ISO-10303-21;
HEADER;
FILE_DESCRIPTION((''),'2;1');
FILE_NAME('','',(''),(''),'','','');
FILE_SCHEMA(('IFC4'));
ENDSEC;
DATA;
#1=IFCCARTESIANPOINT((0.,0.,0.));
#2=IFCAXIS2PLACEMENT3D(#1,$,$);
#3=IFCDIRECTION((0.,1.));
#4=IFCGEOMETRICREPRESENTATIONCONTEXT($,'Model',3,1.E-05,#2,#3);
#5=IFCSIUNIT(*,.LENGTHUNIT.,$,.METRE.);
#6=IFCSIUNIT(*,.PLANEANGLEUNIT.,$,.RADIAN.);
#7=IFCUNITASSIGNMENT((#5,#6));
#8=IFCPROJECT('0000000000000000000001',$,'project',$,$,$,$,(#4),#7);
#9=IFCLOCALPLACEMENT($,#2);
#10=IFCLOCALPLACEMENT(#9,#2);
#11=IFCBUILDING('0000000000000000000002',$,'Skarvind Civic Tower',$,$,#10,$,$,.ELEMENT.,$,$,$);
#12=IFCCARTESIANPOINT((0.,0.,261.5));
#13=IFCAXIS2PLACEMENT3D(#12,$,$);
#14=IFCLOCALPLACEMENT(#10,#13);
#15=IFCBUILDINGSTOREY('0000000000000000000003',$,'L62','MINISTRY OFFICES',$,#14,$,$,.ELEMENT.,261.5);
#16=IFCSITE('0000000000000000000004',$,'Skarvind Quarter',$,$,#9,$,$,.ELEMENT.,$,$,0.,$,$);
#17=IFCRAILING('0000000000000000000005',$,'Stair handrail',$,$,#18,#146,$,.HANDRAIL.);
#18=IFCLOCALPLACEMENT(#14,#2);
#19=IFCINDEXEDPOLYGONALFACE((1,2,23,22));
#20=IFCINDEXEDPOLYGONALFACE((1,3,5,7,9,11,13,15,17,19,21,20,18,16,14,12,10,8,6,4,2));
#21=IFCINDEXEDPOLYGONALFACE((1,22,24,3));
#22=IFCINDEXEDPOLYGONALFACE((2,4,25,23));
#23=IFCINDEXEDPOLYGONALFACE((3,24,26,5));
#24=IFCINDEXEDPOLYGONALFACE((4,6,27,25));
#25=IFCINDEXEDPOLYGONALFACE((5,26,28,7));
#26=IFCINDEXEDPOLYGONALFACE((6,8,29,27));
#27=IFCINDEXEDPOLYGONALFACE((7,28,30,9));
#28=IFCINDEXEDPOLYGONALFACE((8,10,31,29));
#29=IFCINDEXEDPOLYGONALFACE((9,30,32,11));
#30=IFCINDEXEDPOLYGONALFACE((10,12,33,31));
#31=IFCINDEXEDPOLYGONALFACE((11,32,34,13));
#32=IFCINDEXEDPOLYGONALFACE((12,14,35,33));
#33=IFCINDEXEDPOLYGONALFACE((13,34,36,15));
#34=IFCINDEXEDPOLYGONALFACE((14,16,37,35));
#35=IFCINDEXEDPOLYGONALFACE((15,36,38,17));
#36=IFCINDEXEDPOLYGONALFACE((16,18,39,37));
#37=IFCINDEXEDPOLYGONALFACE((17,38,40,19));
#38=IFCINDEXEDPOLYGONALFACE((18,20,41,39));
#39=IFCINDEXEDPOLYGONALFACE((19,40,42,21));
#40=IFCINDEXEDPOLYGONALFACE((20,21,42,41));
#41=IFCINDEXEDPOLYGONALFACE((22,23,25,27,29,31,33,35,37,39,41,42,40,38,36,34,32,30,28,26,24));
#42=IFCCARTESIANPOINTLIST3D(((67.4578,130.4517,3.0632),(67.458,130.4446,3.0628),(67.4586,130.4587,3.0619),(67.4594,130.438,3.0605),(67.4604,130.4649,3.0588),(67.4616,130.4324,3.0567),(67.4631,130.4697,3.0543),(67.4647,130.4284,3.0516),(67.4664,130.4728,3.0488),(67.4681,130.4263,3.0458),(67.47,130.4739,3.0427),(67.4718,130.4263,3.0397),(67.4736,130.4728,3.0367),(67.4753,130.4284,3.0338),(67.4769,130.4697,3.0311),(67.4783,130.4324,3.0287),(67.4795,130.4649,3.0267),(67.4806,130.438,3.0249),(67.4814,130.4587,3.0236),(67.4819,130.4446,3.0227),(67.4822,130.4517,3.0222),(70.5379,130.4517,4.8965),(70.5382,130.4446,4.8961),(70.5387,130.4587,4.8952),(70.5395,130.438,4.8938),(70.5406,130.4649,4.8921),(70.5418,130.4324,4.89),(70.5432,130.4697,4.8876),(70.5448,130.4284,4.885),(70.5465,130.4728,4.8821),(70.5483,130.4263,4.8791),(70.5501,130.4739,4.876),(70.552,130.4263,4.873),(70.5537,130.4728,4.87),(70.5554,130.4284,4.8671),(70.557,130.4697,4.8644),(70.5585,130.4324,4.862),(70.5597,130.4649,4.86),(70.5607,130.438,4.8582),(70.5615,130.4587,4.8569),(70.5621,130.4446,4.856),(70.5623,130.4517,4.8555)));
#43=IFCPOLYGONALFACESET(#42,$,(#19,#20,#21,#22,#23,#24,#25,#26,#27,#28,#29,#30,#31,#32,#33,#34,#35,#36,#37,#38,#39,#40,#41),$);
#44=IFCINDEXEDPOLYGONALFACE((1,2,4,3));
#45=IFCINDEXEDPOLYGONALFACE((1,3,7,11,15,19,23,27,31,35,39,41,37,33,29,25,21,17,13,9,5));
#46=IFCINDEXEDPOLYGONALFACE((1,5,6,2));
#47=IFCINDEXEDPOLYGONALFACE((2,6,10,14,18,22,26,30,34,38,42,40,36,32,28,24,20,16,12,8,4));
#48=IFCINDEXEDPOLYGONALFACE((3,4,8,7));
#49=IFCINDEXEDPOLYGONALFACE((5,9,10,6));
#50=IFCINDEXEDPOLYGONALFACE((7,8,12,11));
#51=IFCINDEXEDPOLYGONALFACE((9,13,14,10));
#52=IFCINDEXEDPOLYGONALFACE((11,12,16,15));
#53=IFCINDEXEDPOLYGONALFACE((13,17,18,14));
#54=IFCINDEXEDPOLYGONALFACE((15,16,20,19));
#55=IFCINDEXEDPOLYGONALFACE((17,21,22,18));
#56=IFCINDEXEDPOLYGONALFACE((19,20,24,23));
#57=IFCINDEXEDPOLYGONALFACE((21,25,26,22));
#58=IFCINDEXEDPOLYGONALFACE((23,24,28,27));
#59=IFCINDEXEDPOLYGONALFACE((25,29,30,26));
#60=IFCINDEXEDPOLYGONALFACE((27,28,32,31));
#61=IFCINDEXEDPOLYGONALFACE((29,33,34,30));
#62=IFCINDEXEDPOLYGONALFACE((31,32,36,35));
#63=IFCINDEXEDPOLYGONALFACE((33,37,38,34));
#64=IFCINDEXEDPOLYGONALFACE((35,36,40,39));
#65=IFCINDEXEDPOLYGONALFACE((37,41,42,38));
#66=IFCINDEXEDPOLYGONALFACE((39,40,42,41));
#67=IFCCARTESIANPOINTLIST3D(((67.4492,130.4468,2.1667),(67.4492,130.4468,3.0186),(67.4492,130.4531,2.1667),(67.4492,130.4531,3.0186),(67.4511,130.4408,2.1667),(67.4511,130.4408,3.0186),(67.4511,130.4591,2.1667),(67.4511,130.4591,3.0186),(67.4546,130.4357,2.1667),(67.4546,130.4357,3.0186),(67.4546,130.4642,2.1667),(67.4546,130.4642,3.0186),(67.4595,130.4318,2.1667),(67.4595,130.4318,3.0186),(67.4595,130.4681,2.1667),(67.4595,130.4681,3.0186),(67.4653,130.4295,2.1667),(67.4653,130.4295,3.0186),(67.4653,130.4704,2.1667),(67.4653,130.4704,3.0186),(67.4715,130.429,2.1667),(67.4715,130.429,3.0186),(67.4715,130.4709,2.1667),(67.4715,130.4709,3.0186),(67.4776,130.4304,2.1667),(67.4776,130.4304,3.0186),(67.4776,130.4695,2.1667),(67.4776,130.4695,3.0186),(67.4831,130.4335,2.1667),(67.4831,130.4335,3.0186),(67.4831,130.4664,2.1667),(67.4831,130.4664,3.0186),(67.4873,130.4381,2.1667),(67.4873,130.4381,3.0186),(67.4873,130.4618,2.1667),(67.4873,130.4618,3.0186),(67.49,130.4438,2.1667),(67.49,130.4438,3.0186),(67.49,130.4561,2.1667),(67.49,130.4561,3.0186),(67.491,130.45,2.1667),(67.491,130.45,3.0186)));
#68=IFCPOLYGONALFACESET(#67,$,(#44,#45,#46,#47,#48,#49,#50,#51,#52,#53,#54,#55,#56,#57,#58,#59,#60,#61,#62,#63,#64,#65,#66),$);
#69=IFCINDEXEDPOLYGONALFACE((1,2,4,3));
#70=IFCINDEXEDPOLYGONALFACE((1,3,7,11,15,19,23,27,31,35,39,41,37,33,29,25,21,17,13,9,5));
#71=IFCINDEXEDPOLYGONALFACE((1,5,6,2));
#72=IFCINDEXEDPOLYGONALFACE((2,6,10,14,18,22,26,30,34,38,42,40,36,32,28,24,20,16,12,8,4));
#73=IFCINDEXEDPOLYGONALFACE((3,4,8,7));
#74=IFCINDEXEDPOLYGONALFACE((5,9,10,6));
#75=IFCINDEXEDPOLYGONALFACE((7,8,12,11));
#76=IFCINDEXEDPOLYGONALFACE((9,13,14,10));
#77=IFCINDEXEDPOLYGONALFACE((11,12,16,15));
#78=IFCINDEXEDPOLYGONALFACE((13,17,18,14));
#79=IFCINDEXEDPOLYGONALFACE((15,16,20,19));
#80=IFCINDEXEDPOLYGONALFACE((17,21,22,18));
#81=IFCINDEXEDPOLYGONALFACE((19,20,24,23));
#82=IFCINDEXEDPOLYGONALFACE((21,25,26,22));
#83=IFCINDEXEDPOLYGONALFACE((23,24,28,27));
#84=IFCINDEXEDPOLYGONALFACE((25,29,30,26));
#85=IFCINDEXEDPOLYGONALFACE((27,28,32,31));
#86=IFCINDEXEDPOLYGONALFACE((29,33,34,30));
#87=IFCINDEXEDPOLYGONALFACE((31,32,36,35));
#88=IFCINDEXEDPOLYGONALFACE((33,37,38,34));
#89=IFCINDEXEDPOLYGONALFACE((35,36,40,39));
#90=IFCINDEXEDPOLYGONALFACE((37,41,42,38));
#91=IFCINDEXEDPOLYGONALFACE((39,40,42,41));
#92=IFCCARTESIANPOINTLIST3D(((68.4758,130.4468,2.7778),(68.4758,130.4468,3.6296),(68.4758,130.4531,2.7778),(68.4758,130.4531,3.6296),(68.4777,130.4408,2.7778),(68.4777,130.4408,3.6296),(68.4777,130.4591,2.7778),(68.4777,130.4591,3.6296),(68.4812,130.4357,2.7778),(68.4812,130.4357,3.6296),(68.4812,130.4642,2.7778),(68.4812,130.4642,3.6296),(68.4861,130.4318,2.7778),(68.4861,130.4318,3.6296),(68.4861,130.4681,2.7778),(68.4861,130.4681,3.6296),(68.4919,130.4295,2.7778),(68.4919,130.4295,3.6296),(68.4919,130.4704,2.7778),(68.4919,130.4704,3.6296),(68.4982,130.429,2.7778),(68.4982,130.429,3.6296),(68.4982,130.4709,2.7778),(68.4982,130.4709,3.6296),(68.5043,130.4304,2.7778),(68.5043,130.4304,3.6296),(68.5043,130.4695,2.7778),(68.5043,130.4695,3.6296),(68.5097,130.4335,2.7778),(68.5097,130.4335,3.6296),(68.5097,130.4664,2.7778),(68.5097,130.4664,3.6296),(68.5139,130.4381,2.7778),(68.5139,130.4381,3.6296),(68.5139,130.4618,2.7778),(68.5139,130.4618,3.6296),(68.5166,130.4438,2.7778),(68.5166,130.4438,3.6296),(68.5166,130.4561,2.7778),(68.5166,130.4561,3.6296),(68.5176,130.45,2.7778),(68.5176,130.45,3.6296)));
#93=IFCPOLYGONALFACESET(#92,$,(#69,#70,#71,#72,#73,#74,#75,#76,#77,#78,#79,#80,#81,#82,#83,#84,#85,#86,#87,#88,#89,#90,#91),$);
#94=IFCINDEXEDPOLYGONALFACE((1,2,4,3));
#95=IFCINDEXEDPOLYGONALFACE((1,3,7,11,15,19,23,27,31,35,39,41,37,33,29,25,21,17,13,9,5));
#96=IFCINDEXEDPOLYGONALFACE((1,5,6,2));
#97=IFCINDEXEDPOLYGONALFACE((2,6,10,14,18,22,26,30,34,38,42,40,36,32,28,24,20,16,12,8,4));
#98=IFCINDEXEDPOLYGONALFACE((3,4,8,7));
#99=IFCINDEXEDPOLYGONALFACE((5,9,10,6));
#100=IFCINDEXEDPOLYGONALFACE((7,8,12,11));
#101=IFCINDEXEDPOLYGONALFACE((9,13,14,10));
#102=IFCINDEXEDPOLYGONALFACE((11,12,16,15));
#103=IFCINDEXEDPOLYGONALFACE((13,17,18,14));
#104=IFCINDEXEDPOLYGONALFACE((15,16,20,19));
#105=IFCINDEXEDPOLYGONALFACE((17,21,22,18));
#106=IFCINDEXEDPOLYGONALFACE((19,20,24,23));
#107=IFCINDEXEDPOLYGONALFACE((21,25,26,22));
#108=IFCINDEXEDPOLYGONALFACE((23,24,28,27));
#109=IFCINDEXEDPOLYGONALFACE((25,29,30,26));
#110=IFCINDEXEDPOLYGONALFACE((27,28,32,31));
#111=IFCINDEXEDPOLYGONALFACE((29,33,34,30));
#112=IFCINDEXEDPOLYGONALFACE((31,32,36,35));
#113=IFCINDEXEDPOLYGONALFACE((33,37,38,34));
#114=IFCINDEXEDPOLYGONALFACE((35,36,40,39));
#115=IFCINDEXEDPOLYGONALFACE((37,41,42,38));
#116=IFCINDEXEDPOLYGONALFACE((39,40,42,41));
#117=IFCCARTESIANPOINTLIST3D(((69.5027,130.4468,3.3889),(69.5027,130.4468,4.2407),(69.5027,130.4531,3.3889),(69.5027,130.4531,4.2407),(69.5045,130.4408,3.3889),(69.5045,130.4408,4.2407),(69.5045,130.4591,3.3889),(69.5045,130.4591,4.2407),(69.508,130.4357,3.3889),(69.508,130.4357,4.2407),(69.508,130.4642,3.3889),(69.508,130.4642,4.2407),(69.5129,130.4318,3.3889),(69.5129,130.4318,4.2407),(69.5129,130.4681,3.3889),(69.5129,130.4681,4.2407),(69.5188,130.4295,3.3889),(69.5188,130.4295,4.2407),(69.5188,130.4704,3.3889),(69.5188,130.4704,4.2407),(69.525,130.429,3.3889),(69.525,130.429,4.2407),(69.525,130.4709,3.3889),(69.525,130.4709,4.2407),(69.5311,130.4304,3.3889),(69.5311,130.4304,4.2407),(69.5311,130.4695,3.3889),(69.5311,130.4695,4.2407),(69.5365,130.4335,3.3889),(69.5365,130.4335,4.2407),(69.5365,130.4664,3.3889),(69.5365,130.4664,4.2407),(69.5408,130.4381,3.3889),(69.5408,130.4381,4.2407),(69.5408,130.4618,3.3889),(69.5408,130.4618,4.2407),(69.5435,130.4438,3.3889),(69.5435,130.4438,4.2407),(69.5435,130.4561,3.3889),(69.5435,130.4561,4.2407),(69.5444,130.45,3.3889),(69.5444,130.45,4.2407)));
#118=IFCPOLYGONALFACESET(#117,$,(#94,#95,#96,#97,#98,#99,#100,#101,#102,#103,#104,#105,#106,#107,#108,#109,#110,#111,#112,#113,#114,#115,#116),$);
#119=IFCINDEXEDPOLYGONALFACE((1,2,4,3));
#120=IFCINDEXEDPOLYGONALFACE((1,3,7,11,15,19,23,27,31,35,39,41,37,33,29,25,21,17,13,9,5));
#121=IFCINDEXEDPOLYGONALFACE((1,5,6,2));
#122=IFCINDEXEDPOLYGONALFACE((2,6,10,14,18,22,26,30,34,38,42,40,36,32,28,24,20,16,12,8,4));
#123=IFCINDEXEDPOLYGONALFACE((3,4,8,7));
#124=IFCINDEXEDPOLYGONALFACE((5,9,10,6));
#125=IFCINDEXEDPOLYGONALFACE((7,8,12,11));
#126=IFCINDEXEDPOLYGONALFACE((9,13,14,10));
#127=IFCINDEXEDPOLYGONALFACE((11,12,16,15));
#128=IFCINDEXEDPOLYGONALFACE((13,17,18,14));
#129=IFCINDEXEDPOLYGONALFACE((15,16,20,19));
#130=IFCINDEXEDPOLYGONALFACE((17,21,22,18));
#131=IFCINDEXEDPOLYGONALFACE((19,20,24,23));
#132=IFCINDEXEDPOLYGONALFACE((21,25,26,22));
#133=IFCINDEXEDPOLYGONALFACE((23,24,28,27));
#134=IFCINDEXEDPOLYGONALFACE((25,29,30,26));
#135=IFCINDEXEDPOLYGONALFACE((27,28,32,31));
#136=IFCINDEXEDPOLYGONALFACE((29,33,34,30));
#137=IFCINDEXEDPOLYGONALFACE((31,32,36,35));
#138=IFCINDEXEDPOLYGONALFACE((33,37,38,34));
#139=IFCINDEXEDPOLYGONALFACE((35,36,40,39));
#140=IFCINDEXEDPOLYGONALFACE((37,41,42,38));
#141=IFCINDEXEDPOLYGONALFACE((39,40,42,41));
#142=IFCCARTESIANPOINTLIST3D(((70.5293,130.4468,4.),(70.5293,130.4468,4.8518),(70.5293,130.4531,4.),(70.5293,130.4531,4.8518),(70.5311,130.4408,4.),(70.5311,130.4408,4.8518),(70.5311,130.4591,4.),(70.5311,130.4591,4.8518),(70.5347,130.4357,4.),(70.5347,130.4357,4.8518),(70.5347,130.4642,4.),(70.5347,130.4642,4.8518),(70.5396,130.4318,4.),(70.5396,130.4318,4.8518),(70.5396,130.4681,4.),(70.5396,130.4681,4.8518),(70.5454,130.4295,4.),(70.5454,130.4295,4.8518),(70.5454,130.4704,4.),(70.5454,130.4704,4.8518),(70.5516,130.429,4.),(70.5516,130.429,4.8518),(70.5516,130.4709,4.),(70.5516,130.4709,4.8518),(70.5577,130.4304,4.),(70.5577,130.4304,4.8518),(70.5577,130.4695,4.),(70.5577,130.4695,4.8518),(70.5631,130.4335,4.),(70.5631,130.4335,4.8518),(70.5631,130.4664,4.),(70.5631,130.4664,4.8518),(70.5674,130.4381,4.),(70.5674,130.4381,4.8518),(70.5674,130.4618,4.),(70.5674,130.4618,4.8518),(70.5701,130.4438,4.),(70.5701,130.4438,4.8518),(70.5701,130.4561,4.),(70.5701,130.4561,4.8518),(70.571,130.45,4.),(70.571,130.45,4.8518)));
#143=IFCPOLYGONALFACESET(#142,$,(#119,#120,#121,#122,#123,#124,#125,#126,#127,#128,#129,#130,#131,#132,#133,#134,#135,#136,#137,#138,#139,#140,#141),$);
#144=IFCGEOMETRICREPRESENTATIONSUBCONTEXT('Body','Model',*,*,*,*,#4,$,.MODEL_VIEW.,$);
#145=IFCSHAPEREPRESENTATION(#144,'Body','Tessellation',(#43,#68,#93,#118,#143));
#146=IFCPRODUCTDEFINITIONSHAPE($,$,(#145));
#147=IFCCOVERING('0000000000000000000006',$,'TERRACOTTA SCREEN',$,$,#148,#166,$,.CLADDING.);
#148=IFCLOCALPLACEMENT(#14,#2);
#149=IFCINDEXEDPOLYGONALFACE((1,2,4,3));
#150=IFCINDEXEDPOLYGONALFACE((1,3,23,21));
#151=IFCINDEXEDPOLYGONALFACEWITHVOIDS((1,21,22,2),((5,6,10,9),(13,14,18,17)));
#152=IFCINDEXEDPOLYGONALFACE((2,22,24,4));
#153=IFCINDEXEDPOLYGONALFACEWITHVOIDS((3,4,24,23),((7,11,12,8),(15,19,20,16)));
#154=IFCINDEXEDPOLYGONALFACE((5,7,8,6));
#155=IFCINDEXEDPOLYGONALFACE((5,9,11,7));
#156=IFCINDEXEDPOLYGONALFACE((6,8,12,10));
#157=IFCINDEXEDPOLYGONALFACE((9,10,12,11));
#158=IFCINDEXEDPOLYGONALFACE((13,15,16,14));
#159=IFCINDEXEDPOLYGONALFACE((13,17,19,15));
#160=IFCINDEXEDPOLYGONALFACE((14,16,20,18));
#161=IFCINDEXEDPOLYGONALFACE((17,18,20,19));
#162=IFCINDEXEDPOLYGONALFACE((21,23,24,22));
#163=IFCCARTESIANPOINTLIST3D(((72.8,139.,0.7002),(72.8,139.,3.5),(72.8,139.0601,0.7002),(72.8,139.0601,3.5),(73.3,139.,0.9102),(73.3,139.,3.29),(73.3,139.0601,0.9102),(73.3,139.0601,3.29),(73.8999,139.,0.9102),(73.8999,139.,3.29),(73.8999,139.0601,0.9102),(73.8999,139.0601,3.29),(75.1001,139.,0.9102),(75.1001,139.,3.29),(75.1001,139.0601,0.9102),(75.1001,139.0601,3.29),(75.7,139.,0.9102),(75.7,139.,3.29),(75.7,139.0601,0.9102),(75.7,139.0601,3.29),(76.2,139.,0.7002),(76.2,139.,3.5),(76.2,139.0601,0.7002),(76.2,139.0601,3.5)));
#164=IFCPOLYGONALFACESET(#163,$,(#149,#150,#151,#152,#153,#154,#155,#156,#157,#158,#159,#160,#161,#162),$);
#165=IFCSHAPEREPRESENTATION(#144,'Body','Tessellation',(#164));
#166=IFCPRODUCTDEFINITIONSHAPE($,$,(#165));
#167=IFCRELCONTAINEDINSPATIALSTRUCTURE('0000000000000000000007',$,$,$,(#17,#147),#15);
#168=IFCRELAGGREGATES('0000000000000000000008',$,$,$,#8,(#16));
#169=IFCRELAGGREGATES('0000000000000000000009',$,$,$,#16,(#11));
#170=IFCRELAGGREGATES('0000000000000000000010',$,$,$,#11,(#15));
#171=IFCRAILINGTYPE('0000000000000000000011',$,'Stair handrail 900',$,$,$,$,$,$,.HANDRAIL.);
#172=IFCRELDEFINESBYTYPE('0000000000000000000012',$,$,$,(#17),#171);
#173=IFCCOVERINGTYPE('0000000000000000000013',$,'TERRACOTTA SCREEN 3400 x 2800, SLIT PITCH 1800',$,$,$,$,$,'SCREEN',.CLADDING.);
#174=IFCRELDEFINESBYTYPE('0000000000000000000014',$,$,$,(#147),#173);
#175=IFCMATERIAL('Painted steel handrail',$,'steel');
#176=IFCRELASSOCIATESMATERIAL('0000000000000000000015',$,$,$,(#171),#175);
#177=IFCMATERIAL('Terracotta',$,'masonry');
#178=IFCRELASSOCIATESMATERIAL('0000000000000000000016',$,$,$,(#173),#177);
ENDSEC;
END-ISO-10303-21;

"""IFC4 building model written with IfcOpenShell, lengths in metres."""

from ifc_helpers import new_model, si_unit, direction, frame, origin, origin_2d, place, context, subcontext, project, spatial, polyline, circle, outline, extrude, material, material_profile, profile_set, type_object, element, save


model = new_model("IFC4")

# Units and contexts
model_context = context("Model", 3, precision=1e-05, world=origin(), true_north=direction((0.0, 1.0)))
body_context = subcontext(model_context, "Body", "Model", "MODEL_VIEW")
ifc_project = project(units=[si_unit("LENGTHUNIT", "METRE"), si_unit("PLANEANGLEUNIT", "RADIAN")], contexts=[model_context])

# Site, building, storey
site_placement = place(None, origin())
site = spatial("IfcSite", under=ifc_project, at=site_placement, Name="Skarvind Quarter", CompositionType="ELEMENT", RefElevation=0.0)
building_placement = place(site_placement, origin())
building = spatial("IfcBuilding", under=site, at=building_placement, Name="Skarvind Civic Tower", CompositionType="ELEMENT")
storey_placement = place(building_placement, frame((0.0, 0.0, 261.5)))
storey = spatial("IfcBuildingStorey", under=building, at=storey_placement, Name="L62", Description="MINISTRY OFFICES", CompositionType="ELEMENT", Elevation=261.5)

# Railing
ifc_material_1 = material(Name="Painted steel handrail", Category="steel")
railing_type = type_object("IfcRailingType", Name="Stair handrail 900", PredefinedType="HANDRAIL", material=ifc_material_1)
railing_1_placement = place(storey_placement, frame((67.47, 130.45, 2.1667)))
element("IfcRailing", 1, at=railing_1_placement, inside=storey, type_object=railing_type, Name="Stair handrail", PredefinedType="HANDRAIL", context=body_context, shape_type="SweptSolid", body=[
    extrude(circle(Radius=0.0239, at=origin_2d()), frame((0.0, 0.0, 0.876), z_axis=(0.859309, 0.0, 0.511458), x_axis=(0.0, 1.0, 0.0)), (0.0, 0.0, 1.0), 3.5845),
    extrude(circle(Radius=0.021, at=origin_2d()), origin(), (0.0, 0.0, 1.0), 0.8518),
    extrude(circle(Radius=0.021, at=origin_2d()), frame((1.0266, 0.0, 0.6111)), (0.0, 0.0, 1.0), 0.8518),
    extrude(circle(Radius=0.021, at=origin_2d()), frame((2.0535, 0.0, 1.2222)), (0.0, 0.0, 1.0), 0.8518),
    extrude(circle(Radius=0.021, at=origin_2d()), frame((3.0801, 0.0, 1.8333)), (0.0, 0.0, 1.0), 0.8518),
])

# Covering
ifc_material_2 = material(Name="Terracotta", Category="masonry")
ifc_material_profile_1 = material_profile(ifc_material_2, outline(polyline([(-1.7, -1.3999), (1.7, -1.3999), (1.7, 1.3999), (-1.7, 1.3999), (-1.7, -1.3999)]), holes=[polyline([(-1.2, -1.1899), (-0.6001, -1.1899), (-0.6001, 1.1899), (-1.2, 1.1899), (-1.2, -1.1899)]), polyline([(0.6001, -1.1899), (1.2, -1.1899), (1.2, 1.1899), (0.6001, 1.1899), (0.6001, -1.1899)])]), Name="TERRACOTTA SCREEN 3400 x 2800, SLIT PITCH 1800")
ifc_profile_set_1 = profile_set([ifc_material_profile_1], Name="Terracotta")
covering_type = type_object("IfcCoveringType", Name="TERRACOTTA SCREEN 3400 x 2800, SLIT PITCH 1800", ElementType="SCREEN", PredefinedType="CLADDING", material=ifc_profile_set_1)
covering_placement = place(storey_placement, frame((74.5, 139.0, 2.1001), z_axis=(0.0, 1.0, 0.0), x_axis=(-1.0, 0.0, 0.0)))
element("IfcCovering", 2, at=covering_placement, inside=storey, type_object=covering_type, Name="TERRACOTTA SCREEN", PredefinedType="CLADDING", context=body_context, shape_type="SweptSolid", body=[
    extrude(outline(polyline([(-1.7, -1.3999), (1.7, -1.3999), (1.7, 1.3999), (-1.7, 1.3999), (-1.7, -1.3999)]), holes=[polyline([(-1.2, -1.1899), (-0.6001, -1.1899), (-0.6001, 1.1899), (-1.2, 1.1899), (-1.2, -1.1899)]), polyline([(0.6001, -1.1899), (1.2, -1.1899), (1.2, 1.1899), (0.6001, 1.1899), (0.6001, -1.1899)])]), origin(), (0.0, 0.0, 1.0), 0.0601),
])

save(model, "model.ifc")
